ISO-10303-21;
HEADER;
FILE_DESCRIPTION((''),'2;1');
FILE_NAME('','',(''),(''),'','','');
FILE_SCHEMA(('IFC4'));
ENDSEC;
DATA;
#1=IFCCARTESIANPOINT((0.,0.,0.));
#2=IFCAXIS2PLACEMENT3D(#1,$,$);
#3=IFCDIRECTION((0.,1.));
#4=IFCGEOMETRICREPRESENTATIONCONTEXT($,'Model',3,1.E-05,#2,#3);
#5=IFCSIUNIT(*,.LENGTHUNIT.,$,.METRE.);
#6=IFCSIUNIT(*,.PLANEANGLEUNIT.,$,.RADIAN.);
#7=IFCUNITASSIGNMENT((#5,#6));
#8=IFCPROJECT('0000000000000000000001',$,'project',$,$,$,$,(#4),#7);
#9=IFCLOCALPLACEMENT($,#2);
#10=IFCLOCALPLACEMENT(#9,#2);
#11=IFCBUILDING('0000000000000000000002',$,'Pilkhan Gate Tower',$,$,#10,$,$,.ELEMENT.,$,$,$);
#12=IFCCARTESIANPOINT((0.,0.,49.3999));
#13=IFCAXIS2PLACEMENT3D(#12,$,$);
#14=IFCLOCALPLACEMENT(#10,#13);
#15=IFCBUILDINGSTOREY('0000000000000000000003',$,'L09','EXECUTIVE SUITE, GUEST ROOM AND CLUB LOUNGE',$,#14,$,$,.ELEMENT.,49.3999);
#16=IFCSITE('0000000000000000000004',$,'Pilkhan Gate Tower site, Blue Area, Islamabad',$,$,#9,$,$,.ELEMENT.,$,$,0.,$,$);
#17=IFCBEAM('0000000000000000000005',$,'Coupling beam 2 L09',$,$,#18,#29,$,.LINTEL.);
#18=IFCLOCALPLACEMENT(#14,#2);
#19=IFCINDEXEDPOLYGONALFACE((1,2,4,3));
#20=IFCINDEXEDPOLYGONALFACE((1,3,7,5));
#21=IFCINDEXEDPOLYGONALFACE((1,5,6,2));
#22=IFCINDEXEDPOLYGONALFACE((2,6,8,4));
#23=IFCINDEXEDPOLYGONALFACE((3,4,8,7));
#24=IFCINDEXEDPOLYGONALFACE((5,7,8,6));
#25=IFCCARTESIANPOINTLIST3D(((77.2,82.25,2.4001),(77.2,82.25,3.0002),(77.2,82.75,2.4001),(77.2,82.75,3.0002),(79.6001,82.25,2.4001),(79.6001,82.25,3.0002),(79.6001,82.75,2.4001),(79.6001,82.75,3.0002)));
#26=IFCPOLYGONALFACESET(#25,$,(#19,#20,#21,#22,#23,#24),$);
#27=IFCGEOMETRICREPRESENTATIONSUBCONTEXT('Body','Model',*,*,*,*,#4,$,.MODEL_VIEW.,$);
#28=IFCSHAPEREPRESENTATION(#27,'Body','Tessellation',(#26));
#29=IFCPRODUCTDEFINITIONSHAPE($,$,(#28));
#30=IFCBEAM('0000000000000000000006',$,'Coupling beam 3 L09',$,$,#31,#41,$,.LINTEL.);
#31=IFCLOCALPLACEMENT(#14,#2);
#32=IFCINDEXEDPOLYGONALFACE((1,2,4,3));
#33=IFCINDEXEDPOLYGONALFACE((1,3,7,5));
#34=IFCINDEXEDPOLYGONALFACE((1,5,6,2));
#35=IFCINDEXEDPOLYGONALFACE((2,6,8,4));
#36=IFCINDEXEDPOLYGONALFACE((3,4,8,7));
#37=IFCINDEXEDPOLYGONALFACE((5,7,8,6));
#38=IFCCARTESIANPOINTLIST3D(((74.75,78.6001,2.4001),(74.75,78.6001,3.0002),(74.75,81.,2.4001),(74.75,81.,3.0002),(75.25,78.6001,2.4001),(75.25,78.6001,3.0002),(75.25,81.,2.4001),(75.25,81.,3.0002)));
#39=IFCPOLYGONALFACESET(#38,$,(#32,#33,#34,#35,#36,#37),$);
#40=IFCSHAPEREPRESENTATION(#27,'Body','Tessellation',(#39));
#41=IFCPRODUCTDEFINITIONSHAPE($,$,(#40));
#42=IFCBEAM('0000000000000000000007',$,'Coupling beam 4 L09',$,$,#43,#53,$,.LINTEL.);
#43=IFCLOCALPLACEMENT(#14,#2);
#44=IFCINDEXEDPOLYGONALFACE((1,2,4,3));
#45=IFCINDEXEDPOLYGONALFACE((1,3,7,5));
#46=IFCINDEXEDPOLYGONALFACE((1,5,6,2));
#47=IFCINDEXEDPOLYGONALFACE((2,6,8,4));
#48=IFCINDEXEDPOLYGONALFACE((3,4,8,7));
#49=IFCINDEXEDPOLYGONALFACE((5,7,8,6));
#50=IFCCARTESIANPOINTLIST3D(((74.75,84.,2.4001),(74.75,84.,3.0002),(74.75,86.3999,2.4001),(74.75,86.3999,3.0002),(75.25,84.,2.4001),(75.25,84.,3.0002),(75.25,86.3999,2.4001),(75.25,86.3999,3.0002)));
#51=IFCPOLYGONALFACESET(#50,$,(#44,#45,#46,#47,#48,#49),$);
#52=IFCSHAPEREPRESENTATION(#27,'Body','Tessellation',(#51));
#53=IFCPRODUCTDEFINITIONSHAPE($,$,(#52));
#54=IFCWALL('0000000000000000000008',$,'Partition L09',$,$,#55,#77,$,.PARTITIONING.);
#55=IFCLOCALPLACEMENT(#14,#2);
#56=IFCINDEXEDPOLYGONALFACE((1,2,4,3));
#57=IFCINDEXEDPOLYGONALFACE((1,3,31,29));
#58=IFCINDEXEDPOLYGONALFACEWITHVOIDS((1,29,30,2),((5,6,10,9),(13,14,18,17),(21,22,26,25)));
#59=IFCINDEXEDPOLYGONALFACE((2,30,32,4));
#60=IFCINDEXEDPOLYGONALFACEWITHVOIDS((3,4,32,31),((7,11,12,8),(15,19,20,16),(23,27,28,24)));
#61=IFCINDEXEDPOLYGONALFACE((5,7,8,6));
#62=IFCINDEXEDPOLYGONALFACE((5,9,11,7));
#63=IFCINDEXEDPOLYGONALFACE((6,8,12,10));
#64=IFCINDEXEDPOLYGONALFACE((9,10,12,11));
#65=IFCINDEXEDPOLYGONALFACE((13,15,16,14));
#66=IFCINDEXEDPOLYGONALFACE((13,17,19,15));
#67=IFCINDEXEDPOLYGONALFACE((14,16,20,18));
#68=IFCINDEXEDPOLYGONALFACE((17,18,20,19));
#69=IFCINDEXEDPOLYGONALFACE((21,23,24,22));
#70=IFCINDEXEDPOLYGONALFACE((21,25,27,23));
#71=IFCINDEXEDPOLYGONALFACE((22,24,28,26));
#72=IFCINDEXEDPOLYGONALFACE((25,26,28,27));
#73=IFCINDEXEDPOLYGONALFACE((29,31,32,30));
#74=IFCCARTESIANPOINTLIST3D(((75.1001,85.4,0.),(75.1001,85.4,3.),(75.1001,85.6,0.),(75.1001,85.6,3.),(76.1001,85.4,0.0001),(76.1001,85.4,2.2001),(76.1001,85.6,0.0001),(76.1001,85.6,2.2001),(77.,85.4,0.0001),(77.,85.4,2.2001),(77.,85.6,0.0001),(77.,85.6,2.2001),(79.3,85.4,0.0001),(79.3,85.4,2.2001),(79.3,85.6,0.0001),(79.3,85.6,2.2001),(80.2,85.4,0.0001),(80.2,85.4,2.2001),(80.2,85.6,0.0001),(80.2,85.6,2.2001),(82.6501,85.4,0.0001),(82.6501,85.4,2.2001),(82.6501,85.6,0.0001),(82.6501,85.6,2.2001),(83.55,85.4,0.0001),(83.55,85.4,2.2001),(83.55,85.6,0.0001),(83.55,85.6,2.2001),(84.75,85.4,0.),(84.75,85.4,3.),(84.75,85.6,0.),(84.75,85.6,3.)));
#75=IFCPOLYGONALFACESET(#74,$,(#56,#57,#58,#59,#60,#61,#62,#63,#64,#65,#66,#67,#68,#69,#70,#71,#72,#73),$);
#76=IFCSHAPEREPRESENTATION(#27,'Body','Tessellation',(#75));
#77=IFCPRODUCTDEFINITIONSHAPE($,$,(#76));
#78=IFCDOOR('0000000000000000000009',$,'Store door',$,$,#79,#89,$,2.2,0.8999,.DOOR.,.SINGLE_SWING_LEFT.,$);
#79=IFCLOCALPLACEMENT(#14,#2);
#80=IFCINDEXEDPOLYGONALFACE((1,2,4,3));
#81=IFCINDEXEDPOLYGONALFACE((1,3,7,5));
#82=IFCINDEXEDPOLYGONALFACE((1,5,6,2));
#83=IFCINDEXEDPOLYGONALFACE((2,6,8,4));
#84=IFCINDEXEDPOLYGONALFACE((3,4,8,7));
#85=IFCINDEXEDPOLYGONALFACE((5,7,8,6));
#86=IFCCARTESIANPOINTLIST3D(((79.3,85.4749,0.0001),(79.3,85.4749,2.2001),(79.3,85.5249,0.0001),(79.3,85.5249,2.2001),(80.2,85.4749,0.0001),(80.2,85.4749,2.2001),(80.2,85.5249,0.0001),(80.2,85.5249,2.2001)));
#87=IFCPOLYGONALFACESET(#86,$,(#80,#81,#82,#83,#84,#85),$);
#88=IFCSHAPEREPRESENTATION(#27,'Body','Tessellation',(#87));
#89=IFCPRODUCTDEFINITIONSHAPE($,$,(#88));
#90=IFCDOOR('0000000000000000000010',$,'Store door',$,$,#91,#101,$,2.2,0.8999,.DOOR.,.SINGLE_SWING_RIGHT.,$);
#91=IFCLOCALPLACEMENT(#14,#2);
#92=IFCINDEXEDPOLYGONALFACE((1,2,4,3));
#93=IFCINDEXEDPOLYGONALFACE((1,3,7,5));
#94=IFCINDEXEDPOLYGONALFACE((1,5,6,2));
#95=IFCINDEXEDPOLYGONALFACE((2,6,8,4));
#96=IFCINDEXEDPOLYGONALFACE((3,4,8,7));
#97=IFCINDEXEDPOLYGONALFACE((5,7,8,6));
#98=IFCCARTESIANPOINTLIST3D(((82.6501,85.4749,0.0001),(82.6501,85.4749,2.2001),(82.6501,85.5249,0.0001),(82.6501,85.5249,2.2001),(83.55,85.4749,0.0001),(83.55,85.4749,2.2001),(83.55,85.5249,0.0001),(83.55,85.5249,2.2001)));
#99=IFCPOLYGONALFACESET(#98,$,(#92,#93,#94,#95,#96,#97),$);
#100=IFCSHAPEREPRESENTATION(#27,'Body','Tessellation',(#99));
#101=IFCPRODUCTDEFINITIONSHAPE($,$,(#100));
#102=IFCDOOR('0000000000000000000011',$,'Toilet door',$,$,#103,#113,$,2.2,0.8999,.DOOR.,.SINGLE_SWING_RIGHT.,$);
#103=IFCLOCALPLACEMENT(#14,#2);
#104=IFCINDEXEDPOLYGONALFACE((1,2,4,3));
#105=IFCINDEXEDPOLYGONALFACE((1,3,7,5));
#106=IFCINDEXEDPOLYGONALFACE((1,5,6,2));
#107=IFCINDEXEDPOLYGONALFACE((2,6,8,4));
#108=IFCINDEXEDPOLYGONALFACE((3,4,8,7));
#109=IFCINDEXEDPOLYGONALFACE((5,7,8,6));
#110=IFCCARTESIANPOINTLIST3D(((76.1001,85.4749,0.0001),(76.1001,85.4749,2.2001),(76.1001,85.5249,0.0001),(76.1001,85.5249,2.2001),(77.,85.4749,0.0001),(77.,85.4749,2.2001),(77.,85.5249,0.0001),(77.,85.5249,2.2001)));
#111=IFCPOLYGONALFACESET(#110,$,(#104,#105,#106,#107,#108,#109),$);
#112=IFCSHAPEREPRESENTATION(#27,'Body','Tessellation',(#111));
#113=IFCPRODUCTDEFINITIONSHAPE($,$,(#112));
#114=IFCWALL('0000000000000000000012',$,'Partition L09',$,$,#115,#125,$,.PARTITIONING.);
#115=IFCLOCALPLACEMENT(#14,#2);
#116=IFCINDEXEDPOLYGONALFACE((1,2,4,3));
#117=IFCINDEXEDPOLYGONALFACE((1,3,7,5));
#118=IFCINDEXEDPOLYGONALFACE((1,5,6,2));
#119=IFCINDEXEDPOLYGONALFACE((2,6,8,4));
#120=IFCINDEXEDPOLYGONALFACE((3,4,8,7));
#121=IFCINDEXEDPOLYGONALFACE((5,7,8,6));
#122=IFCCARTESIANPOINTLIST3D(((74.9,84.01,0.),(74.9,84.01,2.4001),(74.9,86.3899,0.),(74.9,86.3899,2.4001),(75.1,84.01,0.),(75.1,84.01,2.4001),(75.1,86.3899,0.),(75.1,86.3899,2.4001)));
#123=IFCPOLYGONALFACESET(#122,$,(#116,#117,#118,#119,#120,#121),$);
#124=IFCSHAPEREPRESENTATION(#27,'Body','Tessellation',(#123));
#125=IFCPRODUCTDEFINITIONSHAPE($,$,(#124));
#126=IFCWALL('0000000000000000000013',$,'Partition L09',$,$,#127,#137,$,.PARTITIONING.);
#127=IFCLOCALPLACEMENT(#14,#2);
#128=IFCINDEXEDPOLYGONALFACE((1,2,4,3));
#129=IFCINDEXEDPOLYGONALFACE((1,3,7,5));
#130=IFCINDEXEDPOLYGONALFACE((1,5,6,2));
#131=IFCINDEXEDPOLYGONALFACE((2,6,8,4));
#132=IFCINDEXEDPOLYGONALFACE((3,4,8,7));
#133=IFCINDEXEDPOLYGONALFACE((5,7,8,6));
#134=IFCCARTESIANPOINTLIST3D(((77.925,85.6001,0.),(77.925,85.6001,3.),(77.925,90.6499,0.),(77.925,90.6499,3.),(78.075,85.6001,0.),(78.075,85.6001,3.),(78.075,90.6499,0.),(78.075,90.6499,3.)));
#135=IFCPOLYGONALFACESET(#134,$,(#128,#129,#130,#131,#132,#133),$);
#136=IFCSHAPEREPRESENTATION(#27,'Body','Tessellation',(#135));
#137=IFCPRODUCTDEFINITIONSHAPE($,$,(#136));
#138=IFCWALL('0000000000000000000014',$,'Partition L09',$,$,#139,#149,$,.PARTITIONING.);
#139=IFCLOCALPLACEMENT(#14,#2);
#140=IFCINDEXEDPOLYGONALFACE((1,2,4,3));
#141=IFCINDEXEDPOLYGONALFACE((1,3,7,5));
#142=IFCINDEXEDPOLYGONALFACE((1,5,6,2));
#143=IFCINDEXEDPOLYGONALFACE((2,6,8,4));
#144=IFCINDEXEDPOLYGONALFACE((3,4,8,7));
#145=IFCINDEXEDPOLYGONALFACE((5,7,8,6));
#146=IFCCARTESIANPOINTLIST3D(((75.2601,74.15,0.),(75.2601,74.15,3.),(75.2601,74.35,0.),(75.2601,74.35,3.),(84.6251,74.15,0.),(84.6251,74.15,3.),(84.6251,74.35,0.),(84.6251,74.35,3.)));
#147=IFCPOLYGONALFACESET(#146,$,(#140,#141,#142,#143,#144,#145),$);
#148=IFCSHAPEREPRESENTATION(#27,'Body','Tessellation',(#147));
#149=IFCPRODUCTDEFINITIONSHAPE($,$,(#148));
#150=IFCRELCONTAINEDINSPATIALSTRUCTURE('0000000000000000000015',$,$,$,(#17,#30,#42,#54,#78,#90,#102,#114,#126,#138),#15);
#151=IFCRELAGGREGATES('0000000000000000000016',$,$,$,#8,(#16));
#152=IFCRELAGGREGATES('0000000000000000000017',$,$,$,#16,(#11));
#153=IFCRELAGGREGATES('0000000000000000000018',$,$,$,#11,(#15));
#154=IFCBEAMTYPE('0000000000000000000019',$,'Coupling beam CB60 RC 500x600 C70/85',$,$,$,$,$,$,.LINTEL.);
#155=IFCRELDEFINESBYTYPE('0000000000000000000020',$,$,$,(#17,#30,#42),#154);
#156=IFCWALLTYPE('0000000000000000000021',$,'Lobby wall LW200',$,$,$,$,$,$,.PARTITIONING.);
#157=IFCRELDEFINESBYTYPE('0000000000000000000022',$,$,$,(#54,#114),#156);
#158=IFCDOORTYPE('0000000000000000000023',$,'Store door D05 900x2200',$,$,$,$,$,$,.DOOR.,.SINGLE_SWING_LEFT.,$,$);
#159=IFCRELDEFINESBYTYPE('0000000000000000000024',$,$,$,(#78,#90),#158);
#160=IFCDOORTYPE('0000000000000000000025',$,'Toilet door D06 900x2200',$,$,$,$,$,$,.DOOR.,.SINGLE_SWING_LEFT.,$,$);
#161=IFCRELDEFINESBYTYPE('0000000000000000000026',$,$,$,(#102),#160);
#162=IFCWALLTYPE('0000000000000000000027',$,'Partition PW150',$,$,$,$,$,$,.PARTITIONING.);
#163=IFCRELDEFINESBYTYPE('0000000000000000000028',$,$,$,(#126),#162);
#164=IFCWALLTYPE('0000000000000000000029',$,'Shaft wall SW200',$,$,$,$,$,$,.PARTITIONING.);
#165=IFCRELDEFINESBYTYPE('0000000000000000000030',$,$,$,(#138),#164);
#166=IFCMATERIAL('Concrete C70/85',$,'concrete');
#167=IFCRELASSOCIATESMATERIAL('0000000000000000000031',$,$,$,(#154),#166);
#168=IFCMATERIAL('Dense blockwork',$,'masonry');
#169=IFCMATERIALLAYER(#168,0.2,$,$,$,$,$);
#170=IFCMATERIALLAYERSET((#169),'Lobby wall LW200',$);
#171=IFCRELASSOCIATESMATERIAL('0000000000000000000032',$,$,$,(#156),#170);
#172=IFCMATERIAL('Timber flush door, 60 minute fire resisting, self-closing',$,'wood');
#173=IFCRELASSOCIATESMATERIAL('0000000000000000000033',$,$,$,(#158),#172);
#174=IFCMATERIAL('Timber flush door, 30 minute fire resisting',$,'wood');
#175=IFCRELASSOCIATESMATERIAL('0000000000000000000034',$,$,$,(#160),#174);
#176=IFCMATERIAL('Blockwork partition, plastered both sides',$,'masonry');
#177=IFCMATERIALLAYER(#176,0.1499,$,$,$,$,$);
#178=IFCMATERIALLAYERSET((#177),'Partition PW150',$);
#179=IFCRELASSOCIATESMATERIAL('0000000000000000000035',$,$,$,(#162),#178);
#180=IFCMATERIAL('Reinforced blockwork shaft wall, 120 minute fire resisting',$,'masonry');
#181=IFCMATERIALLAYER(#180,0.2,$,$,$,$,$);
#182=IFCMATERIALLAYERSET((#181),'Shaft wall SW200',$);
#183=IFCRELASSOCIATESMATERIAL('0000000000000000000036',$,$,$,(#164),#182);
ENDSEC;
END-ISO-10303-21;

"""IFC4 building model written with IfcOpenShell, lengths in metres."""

from ifc_helpers import new_model, si_unit, direction, frame, frame_2d, origin, origin_2d, place, context, subcontext, project, spatial, rectangle, extrude, material, layer, layer_set, material_profile, profile_set, type_object, element, fill, save


model = new_model("IFC4")

# Units and contexts
model_context = context("Model", 3, precision=1e-05, world=origin(), true_north=direction((0.0, 1.0)))
body_context = subcontext(model_context, "Body", "Model", "MODEL_VIEW")
ifc_project = project(units=[si_unit("LENGTHUNIT", "METRE"), si_unit("PLANEANGLEUNIT", "RADIAN")], contexts=[model_context])

# Site, building, storey
site_placement = place(None, origin())
site = spatial("IfcSite", under=ifc_project, at=site_placement, Name="Pilkhan Gate Tower site, Blue Area, Islamabad", CompositionType="ELEMENT", RefElevation=0.0)
building_placement = place(site_placement, origin())
building = spatial("IfcBuilding", under=site, at=building_placement, Name="Pilkhan Gate Tower", CompositionType="ELEMENT")
storey_placement = place(building_placement, frame((0.0, 0.0, 49.3999)))
storey = spatial("IfcBuildingStorey", under=building, at=storey_placement, Name="L09", Description="EXECUTIVE SUITE, GUEST ROOM AND CLUB LOUNGE", CompositionType="ELEMENT", Elevation=49.3999)

# Beams
ifc_material_1 = material(Name="Concrete C70/85", Category="concrete")
ifc_material_profile = material_profile(ifc_material_1, rectangle(XDim=0.5, YDim=0.6001, at=origin_2d()), Name="RC 500x600")
ifc_profile_set = profile_set([ifc_material_profile], Name="Concrete C70/85")
beam_type = type_object("IfcBeamType", Name="Coupling beam CB60 RC 500x600 C70/85", PredefinedType="LINTEL", material=ifc_profile_set)
beam_placement = place(storey_placement, frame((77.2, 82.5, 2.7002), z_axis=(1.0, 0.0, 0.0), x_axis=(0.0, 1.0, 0.0)))
element("IfcBeam", 1, at=beam_placement, inside=storey, type_object=beam_type, Name="Coupling beam 2 L09", PredefinedType="LINTEL", context=body_context, shape_type="SweptSolid", body=[
    extrude(rectangle(XDim=0.5, YDim=0.6001, at=origin_2d()), origin(), (0.0, 0.0, 1.0), 2.4001),
])
for number, where, z_axis, x_axis, name in (
    (2, (75.0, 78.6001, 2.7002), (0.0, 1.0, 0.0), (-1.0, 0.0, 0.0), "Coupling beam 3 L09"),
    (3, (75.0, 84.0, 2.7002), (0.0, 1.0, 0.0), (-1.0, 0.0, 0.0), "Coupling beam 4 L09"),
):
    element("IfcBeam", number, at=place(storey_placement, frame(where, z_axis=z_axis, x_axis=x_axis)), inside=storey, type_object=beam_type, Name=name, PredefinedType="LINTEL", context=body_context, shape_type="SweptSolid", body=[
        extrude(rectangle(XDim=0.5, YDim=0.6001, at=origin_2d()), origin(), (0.0, 0.0, 1.0), 2.3999),
    ])

# Wall, openings, doors
ifc_material_2 = material(Name="Dense blockwork", Category="masonry")
ifc_layer_1 = layer(ifc_material_2, 0.2)
ifc_layer_set_1 = layer_set([ifc_layer_1], Name="Lobby wall LW200")
wall_type_1 = type_object("IfcWallType", Name="Lobby wall LW200", PredefinedType="PARTITIONING", material=ifc_layer_set_1)
wall_1_placement = place(storey_placement, frame((75.1001, 85.5, 0.0), z_axis=(0.0, 0.0, 1.0), x_axis=(1.0, 0.0, 0.0)))
wall_1 = element("IfcWall", 4, at=wall_1_placement, inside=storey, type_object=wall_type_1, Name="Partition L09", PredefinedType="PARTITIONING", context=body_context, shape_type="SweptSolid", body=[
    extrude(rectangle(XDim=9.6499, YDim=0.2, at=frame_2d((4.825, 0.0))), origin(), (0.0, 0.0, 1.0), 3.0),
])
opening_1_placement = place(wall_1_placement, frame((1.0, 0.0, 0.0)))
opening_1 = element("IfcOpeningElement", 5, at=opening_1_placement, cuts=wall_1, PredefinedType="OPENING", context=body_context, shape_type="SweptSolid", body=[
    extrude(rectangle(XDim=0.8999, YDim=2.2, at=frame_2d((0.45, 1.1001))), frame((0.0, 0.1099, 0.0), z_axis=(0.0, -1.0, 0.0), x_axis=(1.0, 0.0, 0.0)), (0.0, 0.0, 1.0), 0.22),
])
opening_2_placement = place(wall_1_placement, frame((4.2, 0.0, 0.0)))
opening_2 = element("IfcOpeningElement", 6, at=opening_2_placement, cuts=wall_1, PredefinedType="OPENING", context=body_context, shape_type="SweptSolid", body=[
    extrude(rectangle(XDim=0.8999, YDim=2.2, at=frame_2d((0.45, 1.1001))), frame((0.0, 0.1099, 0.0), z_axis=(0.0, -1.0, 0.0), x_axis=(1.0, 0.0, 0.0)), (0.0, 0.0, 1.0), 0.22),
])
opening_3_placement = place(wall_1_placement, frame((7.55, 0.0, 0.0)))
opening_3 = element("IfcOpeningElement", 7, at=opening_3_placement, cuts=wall_1, PredefinedType="OPENING", context=body_context, shape_type="SweptSolid", body=[
    extrude(rectangle(XDim=0.8999, YDim=2.2, at=frame_2d((0.45, 1.1001))), frame((0.0, 0.1099, 0.0), z_axis=(0.0, -1.0, 0.0), x_axis=(1.0, 0.0, 0.0)), (0.0, 0.0, 1.0), 0.22),
])
ifc_material_3 = material(Name="Timber flush door, 60 minute fire resisting, self-closing", Category="wood")
door_type_1 = type_object("IfcDoorType", Name="Store door D05 900x2200", OperationType="SINGLE_SWING_LEFT", PredefinedType="DOOR", material=ifc_material_3)
door_1_placement = place(opening_2_placement, origin())
door_1 = element("IfcDoor", 8, at=door_1_placement, inside=storey, type_object=door_type_1, Name="Store door", OperationType="SINGLE_SWING_LEFT", OverallHeight=2.2, OverallWidth=0.8999, PredefinedType="DOOR", context=body_context, shape_type="SweptSolid", body=[
    extrude(rectangle(XDim=0.8999, YDim=2.2, at=frame_2d((0.45, 1.1001))), frame((0.0, 0.0249, 0.0), z_axis=(0.0, -1.0, 0.0), x_axis=(1.0, 0.0, 0.0)), (0.0, 0.0, 1.0), 0.05),
])
fill(opening_2, door_1)
door_2_placement = place(opening_3_placement, origin())
door_2 = element("IfcDoor", 9, at=door_2_placement, inside=storey, type_object=door_type_1, Name="Store door", OperationType="SINGLE_SWING_RIGHT", OverallHeight=2.2, OverallWidth=0.8999, PredefinedType="DOOR", context=body_context, shape_type="SweptSolid", body=[
    extrude(rectangle(XDim=0.8999, YDim=2.2, at=frame_2d((0.45, 1.1001))), frame((0.0, 0.0249, 0.0), z_axis=(0.0, -1.0, 0.0), x_axis=(1.0, 0.0, 0.0)), (0.0, 0.0, 1.0), 0.05),
])
fill(opening_3, door_2)
ifc_material_4 = material(Name="Timber flush door, 30 minute fire resisting", Category="wood")
door_type_2 = type_object("IfcDoorType", Name="Toilet door D06 900x2200", OperationType="SINGLE_SWING_LEFT", PredefinedType="DOOR", material=ifc_material_4)
door_3_placement = place(opening_1_placement, origin())
door_3 = element("IfcDoor", 10, at=door_3_placement, inside=storey, type_object=door_type_2, Name="Toilet door", OperationType="SINGLE_SWING_RIGHT", OverallHeight=2.2, OverallWidth=0.8999, PredefinedType="DOOR", context=body_context, shape_type="SweptSolid", body=[
    extrude(rectangle(XDim=0.8999, YDim=2.2, at=frame_2d((0.45, 1.1001))), frame((0.0, 0.0249, 0.0), z_axis=(0.0, -1.0, 0.0), x_axis=(1.0, 0.0, 0.0)), (0.0, 0.0, 1.0), 0.05),
])
fill(opening_1, door_3)

# Walls
wall_2_placement = place(storey_placement, frame((75.0, 84.01, 0.0), z_axis=(0.0, 0.0, 1.0), x_axis=(0.0, 1.0, 0.0)))
element("IfcWall", 11, at=wall_2_placement, inside=storey, type_object=wall_type_1, Name="Partition L09", PredefinedType="PARTITIONING", context=body_context, shape_type="SweptSolid", body=[
    extrude(rectangle(XDim=2.3799, YDim=0.2, at=frame_2d((1.1899, 0.0))), origin(), (0.0, 0.0, 1.0), 2.4001),
])
ifc_material_5 = material(Name="Blockwork partition, plastered both sides", Category="masonry")
ifc_layer_2 = layer(ifc_material_5, 0.1499)
ifc_layer_set_2 = layer_set([ifc_layer_2], Name="Partition PW150")
wall_type_2 = type_object("IfcWallType", Name="Partition PW150", PredefinedType="PARTITIONING", material=ifc_layer_set_2)
wall_3_placement = place(storey_placement, frame((78.0, 85.6001, 0.0), z_axis=(0.0, 0.0, 1.0), x_axis=(0.0, 1.0, 0.0)))
element("IfcWall", 12, at=wall_3_placement, inside=storey, type_object=wall_type_2, Name="Partition L09", PredefinedType="PARTITIONING", context=body_context, shape_type="SweptSolid", body=[
    extrude(rectangle(XDim=5.0498, YDim=0.1499, at=frame_2d((2.5249, 0.0))), origin(), (0.0, 0.0, 1.0), 3.0),
])
ifc_material_6 = material(Name="Reinforced blockwork shaft wall, 120 minute fire resisting", Category="masonry")
ifc_layer_3 = layer(ifc_material_6, 0.2)
ifc_layer_set_3 = layer_set([ifc_layer_3], Name="Shaft wall SW200")
wall_type_3 = type_object("IfcWallType", Name="Shaft wall SW200", PredefinedType="PARTITIONING", material=ifc_layer_set_3)
wall_4_placement = place(storey_placement, frame((75.26, 74.25, 0.0), z_axis=(0.0, 0.0, 1.0), x_axis=(1.0, 0.0, 0.0)))
element("IfcWall", 13, at=wall_4_placement, inside=storey, type_object=wall_type_3, Name="Partition L09", PredefinedType="PARTITIONING", context=body_context, shape_type="SweptSolid", body=[
    extrude(rectangle(XDim=9.365, YDim=0.2, at=frame_2d((4.6826, 0.0))), origin(), (0.0, 0.0, 1.0), 3.0),
])

save(model, "model.ifc")
